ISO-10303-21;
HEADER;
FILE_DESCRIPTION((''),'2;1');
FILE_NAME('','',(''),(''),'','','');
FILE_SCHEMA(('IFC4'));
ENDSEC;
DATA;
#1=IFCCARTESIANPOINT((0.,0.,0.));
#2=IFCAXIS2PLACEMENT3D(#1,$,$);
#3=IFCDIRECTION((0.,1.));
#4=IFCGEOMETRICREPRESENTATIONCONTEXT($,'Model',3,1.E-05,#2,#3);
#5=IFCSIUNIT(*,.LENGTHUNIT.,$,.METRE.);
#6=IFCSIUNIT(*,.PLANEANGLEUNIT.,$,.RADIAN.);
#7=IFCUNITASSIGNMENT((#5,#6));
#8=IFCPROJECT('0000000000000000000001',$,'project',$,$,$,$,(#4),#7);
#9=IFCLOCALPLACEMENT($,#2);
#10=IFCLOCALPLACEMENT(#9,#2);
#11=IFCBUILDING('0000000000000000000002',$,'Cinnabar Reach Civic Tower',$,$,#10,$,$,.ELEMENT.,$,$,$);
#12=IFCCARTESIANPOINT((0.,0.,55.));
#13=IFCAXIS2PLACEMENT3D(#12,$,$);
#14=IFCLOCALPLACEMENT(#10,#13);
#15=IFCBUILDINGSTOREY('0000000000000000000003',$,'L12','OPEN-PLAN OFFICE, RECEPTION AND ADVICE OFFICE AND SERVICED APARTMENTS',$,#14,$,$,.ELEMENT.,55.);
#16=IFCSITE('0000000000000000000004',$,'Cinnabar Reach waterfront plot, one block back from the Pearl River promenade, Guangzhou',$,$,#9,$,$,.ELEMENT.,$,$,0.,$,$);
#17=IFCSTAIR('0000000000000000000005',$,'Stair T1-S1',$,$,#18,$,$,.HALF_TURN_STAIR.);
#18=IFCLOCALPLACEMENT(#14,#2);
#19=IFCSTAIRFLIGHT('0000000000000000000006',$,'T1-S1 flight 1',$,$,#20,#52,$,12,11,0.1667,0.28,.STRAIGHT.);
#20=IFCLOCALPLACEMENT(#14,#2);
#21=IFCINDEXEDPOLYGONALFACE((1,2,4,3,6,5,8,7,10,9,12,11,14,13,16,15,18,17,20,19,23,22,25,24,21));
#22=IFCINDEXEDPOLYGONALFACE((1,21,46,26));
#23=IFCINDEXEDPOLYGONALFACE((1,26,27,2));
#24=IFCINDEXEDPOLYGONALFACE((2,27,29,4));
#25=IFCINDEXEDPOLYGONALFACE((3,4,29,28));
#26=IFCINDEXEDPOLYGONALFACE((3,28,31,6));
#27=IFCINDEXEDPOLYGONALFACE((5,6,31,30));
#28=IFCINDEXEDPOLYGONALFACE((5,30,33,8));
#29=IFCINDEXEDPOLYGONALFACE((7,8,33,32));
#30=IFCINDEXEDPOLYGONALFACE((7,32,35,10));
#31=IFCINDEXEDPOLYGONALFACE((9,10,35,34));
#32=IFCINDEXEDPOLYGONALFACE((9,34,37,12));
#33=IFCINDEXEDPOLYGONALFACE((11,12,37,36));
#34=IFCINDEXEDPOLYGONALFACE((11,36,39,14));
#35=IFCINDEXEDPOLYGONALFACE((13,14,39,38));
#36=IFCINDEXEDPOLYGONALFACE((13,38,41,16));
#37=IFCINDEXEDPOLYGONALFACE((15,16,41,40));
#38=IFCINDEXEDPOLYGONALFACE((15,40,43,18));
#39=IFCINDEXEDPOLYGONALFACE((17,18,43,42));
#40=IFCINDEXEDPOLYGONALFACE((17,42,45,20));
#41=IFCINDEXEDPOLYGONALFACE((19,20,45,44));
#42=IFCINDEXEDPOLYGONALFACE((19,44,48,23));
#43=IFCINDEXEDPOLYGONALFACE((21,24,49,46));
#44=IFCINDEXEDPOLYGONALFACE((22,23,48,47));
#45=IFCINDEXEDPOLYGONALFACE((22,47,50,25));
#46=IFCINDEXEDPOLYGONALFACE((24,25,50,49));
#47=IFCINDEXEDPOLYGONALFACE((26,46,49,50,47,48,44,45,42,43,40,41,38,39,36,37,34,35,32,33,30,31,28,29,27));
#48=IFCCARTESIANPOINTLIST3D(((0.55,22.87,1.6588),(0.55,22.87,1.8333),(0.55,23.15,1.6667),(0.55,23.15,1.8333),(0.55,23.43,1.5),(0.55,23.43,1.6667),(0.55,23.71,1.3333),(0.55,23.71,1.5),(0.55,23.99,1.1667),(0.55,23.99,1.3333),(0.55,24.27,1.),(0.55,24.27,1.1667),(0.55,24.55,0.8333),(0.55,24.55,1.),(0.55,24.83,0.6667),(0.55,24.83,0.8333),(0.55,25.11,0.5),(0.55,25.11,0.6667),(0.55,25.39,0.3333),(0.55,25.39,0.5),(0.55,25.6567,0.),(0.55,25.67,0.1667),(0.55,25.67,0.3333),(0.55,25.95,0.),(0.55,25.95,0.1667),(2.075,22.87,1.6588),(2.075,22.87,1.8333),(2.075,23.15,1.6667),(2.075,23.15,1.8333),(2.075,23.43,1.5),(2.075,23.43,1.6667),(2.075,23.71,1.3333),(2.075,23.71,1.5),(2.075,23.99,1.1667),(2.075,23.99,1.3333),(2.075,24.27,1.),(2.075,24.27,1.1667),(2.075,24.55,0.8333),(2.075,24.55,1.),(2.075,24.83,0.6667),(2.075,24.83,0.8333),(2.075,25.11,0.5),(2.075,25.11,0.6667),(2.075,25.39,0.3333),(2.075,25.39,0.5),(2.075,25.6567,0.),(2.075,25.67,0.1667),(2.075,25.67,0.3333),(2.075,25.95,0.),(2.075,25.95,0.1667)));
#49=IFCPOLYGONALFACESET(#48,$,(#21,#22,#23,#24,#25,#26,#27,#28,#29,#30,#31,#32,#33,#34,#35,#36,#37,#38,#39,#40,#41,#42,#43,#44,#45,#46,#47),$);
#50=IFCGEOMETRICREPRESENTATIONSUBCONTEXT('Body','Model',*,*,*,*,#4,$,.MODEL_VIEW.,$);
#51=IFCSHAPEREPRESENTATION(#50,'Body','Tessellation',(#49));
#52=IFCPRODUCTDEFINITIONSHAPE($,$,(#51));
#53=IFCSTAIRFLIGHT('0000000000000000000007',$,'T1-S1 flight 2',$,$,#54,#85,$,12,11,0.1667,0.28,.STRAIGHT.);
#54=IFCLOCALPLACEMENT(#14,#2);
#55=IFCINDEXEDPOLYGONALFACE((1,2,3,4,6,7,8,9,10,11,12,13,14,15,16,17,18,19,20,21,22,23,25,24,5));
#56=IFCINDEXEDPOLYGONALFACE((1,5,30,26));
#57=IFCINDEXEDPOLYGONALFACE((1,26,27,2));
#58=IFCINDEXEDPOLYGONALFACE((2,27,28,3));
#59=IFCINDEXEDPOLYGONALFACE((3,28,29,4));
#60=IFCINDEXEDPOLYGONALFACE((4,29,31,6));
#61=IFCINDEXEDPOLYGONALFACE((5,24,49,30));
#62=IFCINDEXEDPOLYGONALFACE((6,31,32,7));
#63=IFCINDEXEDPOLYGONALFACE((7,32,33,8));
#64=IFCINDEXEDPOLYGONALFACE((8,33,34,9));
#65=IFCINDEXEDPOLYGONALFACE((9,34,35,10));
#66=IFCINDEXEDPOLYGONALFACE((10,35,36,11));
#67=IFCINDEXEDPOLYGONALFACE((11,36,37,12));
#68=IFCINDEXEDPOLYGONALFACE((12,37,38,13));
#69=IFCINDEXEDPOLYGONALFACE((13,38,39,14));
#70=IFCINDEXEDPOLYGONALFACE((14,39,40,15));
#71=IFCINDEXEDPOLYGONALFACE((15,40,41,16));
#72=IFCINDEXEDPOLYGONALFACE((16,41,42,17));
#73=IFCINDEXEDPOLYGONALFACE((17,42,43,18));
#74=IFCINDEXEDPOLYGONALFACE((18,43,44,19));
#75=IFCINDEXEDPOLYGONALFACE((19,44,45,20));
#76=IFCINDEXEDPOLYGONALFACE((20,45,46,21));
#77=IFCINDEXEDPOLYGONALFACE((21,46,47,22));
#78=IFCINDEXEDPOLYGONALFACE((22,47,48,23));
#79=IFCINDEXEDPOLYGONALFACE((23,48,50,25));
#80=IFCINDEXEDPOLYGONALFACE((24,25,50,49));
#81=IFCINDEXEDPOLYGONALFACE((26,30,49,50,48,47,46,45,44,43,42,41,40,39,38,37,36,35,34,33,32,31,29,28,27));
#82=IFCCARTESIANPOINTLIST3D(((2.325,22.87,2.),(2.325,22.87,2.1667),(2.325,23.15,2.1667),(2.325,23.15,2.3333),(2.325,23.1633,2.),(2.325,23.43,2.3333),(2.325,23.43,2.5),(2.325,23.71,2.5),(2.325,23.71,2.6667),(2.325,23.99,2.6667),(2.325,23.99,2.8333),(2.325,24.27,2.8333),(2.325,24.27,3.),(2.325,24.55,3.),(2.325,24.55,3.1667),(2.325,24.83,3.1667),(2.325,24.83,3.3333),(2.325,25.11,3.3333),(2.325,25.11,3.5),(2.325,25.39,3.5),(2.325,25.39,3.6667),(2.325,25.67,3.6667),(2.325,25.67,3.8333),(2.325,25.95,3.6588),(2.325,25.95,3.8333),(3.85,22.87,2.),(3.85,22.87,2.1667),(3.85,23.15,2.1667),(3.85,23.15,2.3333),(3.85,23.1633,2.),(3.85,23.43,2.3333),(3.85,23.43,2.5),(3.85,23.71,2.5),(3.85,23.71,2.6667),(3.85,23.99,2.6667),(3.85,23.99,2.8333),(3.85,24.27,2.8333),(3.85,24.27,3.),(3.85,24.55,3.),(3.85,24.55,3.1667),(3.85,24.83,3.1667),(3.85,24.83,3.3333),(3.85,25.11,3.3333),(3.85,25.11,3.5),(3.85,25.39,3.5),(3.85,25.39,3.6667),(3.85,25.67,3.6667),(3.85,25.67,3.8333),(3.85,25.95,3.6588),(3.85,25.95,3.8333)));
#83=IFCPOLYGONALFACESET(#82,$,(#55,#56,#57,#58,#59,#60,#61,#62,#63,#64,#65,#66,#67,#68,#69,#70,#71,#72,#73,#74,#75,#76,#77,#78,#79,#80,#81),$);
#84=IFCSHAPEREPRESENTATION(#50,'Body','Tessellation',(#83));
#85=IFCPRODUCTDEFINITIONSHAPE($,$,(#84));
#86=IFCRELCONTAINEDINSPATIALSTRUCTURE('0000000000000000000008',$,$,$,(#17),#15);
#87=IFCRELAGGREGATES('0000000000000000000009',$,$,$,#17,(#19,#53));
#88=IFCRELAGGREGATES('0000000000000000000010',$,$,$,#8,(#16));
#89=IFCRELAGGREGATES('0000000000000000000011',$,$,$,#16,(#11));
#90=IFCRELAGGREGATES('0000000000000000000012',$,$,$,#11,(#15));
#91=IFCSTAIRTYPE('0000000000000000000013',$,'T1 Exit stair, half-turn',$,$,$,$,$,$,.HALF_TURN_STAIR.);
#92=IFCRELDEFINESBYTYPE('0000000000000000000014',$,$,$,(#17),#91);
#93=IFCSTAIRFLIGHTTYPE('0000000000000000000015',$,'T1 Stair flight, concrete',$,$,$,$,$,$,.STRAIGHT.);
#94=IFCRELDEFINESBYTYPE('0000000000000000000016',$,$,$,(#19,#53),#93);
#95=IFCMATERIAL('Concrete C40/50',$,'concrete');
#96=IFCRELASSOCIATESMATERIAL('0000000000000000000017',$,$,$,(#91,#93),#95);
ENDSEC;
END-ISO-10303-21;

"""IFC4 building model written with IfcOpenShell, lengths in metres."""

from ifc_helpers import new_model, si_unit, direction, frame, origin, place, context, subcontext, project, spatial, polyline, outline, extrude, material, type_object, element, aggregate, save


model = new_model("IFC4")

# Units and contexts
model_context = context("Model", 3, precision=1e-05, world=origin(), true_north=direction((0.0, 1.0)))
body_context = subcontext(model_context, "Body", "Model", "MODEL_VIEW")
ifc_project = project(units=[si_unit("LENGTHUNIT", "METRE"), si_unit("PLANEANGLEUNIT", "RADIAN")], contexts=[model_context])

# Site, building, storey
site_placement = place(None, origin())
site = spatial("IfcSite", under=ifc_project, at=site_placement, Name="Cinnabar Reach waterfront plot, one block back from the Pearl River promenade, Guangzhou", CompositionType="ELEMENT", RefElevation=0.0)
building_placement = place(site_placement, origin())
building = spatial("IfcBuilding", under=site, at=building_placement, Name="Cinnabar Reach Civic Tower", CompositionType="ELEMENT")
storey_placement = place(building_placement, frame((0.0, 0.0, 55.0)))
storey = spatial("IfcBuildingStorey", under=building, at=storey_placement, Name="L12", Description="OPEN-PLAN OFFICE, RECEPTION AND ADVICE OFFICE AND SERVICED APARTMENTS", CompositionType="ELEMENT", Elevation=55.0)

# Stair, stair flights
ifc_material_1 = material(Name="Concrete C40/50", Category="concrete")
stair_type = type_object("IfcStairType", Name="T1 Exit stair, half-turn", PredefinedType="HALF_TURN_STAIR", material=ifc_material_1)
stair_placement = place(storey_placement, origin())
stair = element("IfcStair", 1, at=stair_placement, inside=storey, type_object=stair_type, Name="Stair T1-S1", PredefinedType="HALF_TURN_STAIR")
stair_flight_type = type_object("IfcStairFlightType", Name="T1 Stair flight, concrete", PredefinedType="STRAIGHT", material=ifc_material_1)
stair_flight_1_placement = place(storey_placement, frame((1.3125, 25.95, 0.0), z_axis=(0.0, 0.0, 1.0), x_axis=(0.0, -1.0, 0.0)))
stair_flight_1 = element("IfcStairFlight", 2, at=stair_flight_1_placement, type_object=stair_flight_type, Name="T1-S1 flight 1", NumberOfRisers=12, NumberOfTreads=11, PredefinedType="STRAIGHT", RiserHeight=0.1667, TreadLength=0.28, context=body_context, shape_type="SweptSolid", body=[
    extrude(outline(polyline([(0.0, 0.0), (0.0, 0.1667), (0.28, 0.1667), (0.28, 0.3333), (0.56, 0.3333), (0.56, 0.5), (0.84, 0.5), (0.84, 0.6667), (1.12, 0.6667), (1.12, 0.8333), (1.4, 0.8333), (1.4, 1.0), (1.68, 1.0), (1.68, 1.1667), (1.96, 1.1667), (1.96, 1.3333), (2.24, 1.3333), (2.24, 1.5), (2.52, 1.5), (2.52, 1.6667), (2.8, 1.6667), (2.8, 1.8333), (3.08, 1.8333), (3.08, 2.0), (3.08, 1.6588), (0.2933, 0.0), (0.0, 0.0)])), frame((0.0, 0.7625, 0.0), z_axis=(0.0, -1.0, 0.0), x_axis=(1.0, 0.0, 0.0)), (0.0, 0.0, 1.0), 1.525),
])
stair_flight_2_placement = place(storey_placement, frame((3.0875, 22.87, 2.0), z_axis=(0.0, 0.0, 1.0), x_axis=(0.0, 1.0, 0.0)))
stair_flight_2 = element("IfcStairFlight", 3, at=stair_flight_2_placement, type_object=stair_flight_type, Name="T1-S1 flight 2", NumberOfRisers=12, NumberOfTreads=11, PredefinedType="STRAIGHT", RiserHeight=0.1667, TreadLength=0.28, context=body_context, shape_type="SweptSolid", body=[
    extrude(outline(polyline([(0.0, 0.0), (0.0, 0.1667), (0.28, 0.1667), (0.28, 0.3333), (0.56, 0.3333), (0.56, 0.5), (0.84, 0.5), (0.84, 0.6667), (1.12, 0.6667), (1.12, 0.8333), (1.4, 0.8333), (1.4, 1.0), (1.68, 1.0), (1.68, 1.1667), (1.96, 1.1667), (1.96, 1.3333), (2.24, 1.3333), (2.24, 1.5), (2.52, 1.5), (2.52, 1.6667), (2.8, 1.6667), (2.8, 1.8333), (3.08, 1.8333), (3.08, 2.0), (3.08, 1.6588), (0.2933, 0.0), (0.0, 0.0)])), frame((0.0, 0.7625, 0.0), z_axis=(0.0, -1.0, 0.0), x_axis=(1.0, 0.0, 0.0)), (0.0, 0.0, 1.0), 1.525),
])
aggregate(stair, [stair_flight_1, stair_flight_2])

save(model, "model.ifc")
